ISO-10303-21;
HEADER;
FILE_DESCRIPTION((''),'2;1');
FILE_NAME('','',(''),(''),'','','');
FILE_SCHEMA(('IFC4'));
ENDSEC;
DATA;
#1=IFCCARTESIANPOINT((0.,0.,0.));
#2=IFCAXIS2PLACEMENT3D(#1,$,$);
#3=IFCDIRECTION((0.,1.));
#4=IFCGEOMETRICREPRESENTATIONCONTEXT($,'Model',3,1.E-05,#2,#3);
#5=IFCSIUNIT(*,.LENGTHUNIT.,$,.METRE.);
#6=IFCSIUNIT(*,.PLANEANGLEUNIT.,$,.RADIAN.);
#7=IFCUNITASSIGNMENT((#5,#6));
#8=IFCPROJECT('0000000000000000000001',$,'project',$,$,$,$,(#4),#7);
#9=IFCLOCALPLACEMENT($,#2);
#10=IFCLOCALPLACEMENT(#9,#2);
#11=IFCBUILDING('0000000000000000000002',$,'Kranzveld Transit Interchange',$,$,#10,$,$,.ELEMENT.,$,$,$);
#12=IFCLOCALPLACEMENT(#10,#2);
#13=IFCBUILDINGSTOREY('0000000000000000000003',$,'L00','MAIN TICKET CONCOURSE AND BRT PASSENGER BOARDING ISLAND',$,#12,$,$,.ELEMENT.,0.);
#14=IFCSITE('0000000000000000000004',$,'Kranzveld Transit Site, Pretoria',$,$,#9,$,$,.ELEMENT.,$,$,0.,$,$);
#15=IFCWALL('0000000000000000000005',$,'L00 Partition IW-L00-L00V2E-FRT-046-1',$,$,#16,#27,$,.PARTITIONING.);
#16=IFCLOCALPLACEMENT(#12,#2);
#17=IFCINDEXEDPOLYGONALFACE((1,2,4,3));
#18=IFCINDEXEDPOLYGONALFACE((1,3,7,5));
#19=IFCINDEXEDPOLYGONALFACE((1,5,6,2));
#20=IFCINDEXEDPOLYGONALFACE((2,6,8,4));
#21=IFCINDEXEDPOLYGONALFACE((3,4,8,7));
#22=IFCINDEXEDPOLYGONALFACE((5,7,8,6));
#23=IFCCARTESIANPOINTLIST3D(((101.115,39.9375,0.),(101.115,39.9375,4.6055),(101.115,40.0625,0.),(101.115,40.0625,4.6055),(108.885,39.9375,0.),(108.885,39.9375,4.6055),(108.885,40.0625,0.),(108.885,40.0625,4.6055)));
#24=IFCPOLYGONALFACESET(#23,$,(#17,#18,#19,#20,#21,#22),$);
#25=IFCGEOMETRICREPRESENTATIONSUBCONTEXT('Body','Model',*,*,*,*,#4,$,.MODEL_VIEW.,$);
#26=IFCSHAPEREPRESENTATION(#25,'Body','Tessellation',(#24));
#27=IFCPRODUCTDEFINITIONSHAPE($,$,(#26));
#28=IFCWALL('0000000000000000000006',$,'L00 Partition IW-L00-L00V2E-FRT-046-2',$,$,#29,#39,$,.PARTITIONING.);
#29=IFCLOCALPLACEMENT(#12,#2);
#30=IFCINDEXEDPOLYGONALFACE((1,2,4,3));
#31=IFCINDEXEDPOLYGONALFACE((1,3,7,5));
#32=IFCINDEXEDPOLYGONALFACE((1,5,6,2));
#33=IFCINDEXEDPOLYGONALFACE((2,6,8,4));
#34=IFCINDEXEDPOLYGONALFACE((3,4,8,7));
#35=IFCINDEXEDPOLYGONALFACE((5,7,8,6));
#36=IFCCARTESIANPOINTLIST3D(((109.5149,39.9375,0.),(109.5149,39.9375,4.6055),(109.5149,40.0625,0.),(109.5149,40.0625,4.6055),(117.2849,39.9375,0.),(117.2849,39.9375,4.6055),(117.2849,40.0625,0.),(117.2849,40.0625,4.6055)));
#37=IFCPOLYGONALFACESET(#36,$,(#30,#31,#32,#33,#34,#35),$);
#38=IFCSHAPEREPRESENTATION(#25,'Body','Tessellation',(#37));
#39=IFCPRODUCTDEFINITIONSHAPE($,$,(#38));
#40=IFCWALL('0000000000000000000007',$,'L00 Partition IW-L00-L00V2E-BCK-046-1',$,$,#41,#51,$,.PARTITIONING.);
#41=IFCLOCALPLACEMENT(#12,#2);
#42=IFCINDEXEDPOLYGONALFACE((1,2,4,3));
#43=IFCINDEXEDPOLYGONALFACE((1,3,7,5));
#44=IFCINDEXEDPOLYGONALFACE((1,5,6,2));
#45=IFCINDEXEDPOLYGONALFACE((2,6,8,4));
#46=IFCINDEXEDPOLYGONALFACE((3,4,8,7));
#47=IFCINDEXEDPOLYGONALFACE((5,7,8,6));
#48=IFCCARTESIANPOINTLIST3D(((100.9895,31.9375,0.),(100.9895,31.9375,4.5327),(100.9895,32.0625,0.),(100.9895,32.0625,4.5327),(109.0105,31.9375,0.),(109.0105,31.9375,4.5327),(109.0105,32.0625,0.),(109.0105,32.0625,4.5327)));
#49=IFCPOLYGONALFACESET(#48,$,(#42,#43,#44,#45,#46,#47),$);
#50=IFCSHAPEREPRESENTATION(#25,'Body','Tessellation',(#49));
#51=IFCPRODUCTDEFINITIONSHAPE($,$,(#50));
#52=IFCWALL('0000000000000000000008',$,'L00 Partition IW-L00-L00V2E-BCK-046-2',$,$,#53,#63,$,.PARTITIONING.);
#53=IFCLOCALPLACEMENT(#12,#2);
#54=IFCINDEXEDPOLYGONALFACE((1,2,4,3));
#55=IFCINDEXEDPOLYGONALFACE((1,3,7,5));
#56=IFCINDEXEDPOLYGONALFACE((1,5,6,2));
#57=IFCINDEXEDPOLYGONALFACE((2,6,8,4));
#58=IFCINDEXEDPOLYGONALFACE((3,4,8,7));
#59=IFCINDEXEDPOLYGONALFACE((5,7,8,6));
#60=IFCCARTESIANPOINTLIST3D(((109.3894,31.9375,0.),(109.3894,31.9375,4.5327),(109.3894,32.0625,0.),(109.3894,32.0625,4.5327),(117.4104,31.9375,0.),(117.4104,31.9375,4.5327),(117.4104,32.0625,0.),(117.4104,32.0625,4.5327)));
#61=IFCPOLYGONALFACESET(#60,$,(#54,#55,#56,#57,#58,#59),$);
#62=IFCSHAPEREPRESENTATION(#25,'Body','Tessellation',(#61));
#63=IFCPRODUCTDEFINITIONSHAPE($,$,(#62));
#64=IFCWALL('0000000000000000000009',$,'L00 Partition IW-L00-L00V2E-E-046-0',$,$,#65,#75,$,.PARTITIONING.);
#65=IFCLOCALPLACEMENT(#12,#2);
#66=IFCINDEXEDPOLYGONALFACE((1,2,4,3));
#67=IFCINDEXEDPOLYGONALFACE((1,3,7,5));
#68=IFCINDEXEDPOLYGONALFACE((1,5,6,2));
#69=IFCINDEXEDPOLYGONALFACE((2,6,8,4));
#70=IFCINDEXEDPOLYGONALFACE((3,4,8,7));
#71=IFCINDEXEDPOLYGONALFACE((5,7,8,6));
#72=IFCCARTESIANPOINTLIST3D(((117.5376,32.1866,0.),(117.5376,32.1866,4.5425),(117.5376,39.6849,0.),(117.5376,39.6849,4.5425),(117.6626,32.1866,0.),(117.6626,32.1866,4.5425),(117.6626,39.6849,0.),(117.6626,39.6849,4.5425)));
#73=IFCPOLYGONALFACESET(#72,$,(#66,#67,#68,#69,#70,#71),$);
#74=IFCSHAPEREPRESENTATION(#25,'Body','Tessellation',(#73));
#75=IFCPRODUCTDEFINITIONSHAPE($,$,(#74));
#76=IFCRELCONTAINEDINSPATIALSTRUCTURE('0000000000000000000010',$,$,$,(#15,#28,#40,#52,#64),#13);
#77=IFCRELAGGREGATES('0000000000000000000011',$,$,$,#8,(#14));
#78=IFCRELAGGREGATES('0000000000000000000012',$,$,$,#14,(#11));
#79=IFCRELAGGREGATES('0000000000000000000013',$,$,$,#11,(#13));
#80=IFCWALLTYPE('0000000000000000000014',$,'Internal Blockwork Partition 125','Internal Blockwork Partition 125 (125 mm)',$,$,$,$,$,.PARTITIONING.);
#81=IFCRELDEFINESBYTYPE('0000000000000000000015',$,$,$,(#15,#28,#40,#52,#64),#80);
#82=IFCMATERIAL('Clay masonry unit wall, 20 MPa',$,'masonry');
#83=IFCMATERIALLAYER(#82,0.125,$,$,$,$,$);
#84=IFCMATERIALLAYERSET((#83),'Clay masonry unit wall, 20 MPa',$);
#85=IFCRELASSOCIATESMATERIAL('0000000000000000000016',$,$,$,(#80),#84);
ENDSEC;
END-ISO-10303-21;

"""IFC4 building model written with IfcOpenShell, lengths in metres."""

from ifc_helpers import new_model, si_unit, direction, frame, frame_2d, origin, place, context, subcontext, project, spatial, rectangle, extrude, material, layer, layer_set, type_object, element, save


model = new_model("IFC4")

# Units and contexts
model_context = context("Model", 3, precision=1e-05, world=origin(), true_north=direction((0.0, 1.0)))
body_context = subcontext(model_context, "Body", "Model", "MODEL_VIEW")
ifc_project = project(units=[si_unit("LENGTHUNIT", "METRE"), si_unit("PLANEANGLEUNIT", "RADIAN")], contexts=[model_context])

# Site, building, storey
site_placement = place(None, origin())
site = spatial("IfcSite", under=ifc_project, at=site_placement, Name="Kranzveld Transit Site, Pretoria", CompositionType="ELEMENT", RefElevation=0.0)
building_placement = place(site_placement, origin())
building = spatial("IfcBuilding", under=site, at=building_placement, Name="Kranzveld Transit Interchange", CompositionType="ELEMENT")
storey_placement = place(building_placement, origin())
storey = spatial("IfcBuildingStorey", under=building, at=storey_placement, Name="L00", Description="MAIN TICKET CONCOURSE AND BRT PASSENGER BOARDING ISLAND", CompositionType="ELEMENT", Elevation=0.0)

# Walls
ifc_material_1 = material(Name="Clay masonry unit wall, 20 MPa", Category="masonry")
ifc_layer = layer(ifc_material_1, 0.125)
ifc_layer_set = layer_set([ifc_layer], Name="Clay masonry unit wall, 20 MPa")
wall_type = type_object("IfcWallType", Name="Internal Blockwork Partition 125", Description="Internal Blockwork Partition 125 (125 mm)", PredefinedType="PARTITIONING", material=ifc_layer_set)
for number, where, z_axis, x_axis, name in (
    (1, (101.115, 40.0, 0.0), (0.0, 0.0, 1.0), (1.0, 0.0, 0.0), "L00 Partition IW-L00-L00V2E-FRT-046-1"),
    (2, (109.5149, 40.0, 0.0), (0.0, 0.0, 1.0), (1.0, 0.0, 0.0), "L00 Partition IW-L00-L00V2E-FRT-046-2"),
):
    element("IfcWall", number, at=place(storey_placement, frame(where, z_axis=z_axis, x_axis=x_axis)), inside=storey, type_object=wall_type, Name=name, PredefinedType="PARTITIONING", context=body_context, shape_type="SweptSolid", body=[
        extrude(rectangle(XDim=7.77, YDim=0.125, at=frame_2d((3.885, 0.0))), origin(), (0.0, 0.0, 1.0), 4.6055),
    ])
for number, where, z_axis, x_axis, name in (
    (3, (100.9895, 32.0, 0.0), (0.0, 0.0, 1.0), (1.0, 0.0, 0.0), "L00 Partition IW-L00-L00V2E-BCK-046-1"),
    (4, (109.3894, 32.0, 0.0), (0.0, 0.0, 1.0), (1.0, 0.0, 0.0), "L00 Partition IW-L00-L00V2E-BCK-046-2"),
):
    element("IfcWall", number, at=place(storey_placement, frame(where, z_axis=z_axis, x_axis=x_axis)), inside=storey, type_object=wall_type, Name=name, PredefinedType="PARTITIONING", context=body_context, shape_type="SweptSolid", body=[
        extrude(rectangle(XDim=8.021, YDim=0.125, at=frame_2d((4.0105, 0.0))), origin(), (0.0, 0.0, 1.0), 4.5327),
    ])
wall_placement = place(storey_placement, frame((117.6001, 32.1868, 0.0), z_axis=(0.0, 0.0, 1.0), x_axis=(0.0, 1.0, 0.0)))
element("IfcWall", 5, at=wall_placement, inside=storey, type_object=wall_type, Name="L00 Partition IW-L00-L00V2E-E-046-0", PredefinedType="PARTITIONING", context=body_context, shape_type="SweptSolid", body=[
    extrude(rectangle(XDim=7.4983, YDim=0.125, at=frame_2d((3.749, 0.0))), origin(), (0.0, 0.0, 1.0), 4.5425),
])

save(model, "model.ifc")
